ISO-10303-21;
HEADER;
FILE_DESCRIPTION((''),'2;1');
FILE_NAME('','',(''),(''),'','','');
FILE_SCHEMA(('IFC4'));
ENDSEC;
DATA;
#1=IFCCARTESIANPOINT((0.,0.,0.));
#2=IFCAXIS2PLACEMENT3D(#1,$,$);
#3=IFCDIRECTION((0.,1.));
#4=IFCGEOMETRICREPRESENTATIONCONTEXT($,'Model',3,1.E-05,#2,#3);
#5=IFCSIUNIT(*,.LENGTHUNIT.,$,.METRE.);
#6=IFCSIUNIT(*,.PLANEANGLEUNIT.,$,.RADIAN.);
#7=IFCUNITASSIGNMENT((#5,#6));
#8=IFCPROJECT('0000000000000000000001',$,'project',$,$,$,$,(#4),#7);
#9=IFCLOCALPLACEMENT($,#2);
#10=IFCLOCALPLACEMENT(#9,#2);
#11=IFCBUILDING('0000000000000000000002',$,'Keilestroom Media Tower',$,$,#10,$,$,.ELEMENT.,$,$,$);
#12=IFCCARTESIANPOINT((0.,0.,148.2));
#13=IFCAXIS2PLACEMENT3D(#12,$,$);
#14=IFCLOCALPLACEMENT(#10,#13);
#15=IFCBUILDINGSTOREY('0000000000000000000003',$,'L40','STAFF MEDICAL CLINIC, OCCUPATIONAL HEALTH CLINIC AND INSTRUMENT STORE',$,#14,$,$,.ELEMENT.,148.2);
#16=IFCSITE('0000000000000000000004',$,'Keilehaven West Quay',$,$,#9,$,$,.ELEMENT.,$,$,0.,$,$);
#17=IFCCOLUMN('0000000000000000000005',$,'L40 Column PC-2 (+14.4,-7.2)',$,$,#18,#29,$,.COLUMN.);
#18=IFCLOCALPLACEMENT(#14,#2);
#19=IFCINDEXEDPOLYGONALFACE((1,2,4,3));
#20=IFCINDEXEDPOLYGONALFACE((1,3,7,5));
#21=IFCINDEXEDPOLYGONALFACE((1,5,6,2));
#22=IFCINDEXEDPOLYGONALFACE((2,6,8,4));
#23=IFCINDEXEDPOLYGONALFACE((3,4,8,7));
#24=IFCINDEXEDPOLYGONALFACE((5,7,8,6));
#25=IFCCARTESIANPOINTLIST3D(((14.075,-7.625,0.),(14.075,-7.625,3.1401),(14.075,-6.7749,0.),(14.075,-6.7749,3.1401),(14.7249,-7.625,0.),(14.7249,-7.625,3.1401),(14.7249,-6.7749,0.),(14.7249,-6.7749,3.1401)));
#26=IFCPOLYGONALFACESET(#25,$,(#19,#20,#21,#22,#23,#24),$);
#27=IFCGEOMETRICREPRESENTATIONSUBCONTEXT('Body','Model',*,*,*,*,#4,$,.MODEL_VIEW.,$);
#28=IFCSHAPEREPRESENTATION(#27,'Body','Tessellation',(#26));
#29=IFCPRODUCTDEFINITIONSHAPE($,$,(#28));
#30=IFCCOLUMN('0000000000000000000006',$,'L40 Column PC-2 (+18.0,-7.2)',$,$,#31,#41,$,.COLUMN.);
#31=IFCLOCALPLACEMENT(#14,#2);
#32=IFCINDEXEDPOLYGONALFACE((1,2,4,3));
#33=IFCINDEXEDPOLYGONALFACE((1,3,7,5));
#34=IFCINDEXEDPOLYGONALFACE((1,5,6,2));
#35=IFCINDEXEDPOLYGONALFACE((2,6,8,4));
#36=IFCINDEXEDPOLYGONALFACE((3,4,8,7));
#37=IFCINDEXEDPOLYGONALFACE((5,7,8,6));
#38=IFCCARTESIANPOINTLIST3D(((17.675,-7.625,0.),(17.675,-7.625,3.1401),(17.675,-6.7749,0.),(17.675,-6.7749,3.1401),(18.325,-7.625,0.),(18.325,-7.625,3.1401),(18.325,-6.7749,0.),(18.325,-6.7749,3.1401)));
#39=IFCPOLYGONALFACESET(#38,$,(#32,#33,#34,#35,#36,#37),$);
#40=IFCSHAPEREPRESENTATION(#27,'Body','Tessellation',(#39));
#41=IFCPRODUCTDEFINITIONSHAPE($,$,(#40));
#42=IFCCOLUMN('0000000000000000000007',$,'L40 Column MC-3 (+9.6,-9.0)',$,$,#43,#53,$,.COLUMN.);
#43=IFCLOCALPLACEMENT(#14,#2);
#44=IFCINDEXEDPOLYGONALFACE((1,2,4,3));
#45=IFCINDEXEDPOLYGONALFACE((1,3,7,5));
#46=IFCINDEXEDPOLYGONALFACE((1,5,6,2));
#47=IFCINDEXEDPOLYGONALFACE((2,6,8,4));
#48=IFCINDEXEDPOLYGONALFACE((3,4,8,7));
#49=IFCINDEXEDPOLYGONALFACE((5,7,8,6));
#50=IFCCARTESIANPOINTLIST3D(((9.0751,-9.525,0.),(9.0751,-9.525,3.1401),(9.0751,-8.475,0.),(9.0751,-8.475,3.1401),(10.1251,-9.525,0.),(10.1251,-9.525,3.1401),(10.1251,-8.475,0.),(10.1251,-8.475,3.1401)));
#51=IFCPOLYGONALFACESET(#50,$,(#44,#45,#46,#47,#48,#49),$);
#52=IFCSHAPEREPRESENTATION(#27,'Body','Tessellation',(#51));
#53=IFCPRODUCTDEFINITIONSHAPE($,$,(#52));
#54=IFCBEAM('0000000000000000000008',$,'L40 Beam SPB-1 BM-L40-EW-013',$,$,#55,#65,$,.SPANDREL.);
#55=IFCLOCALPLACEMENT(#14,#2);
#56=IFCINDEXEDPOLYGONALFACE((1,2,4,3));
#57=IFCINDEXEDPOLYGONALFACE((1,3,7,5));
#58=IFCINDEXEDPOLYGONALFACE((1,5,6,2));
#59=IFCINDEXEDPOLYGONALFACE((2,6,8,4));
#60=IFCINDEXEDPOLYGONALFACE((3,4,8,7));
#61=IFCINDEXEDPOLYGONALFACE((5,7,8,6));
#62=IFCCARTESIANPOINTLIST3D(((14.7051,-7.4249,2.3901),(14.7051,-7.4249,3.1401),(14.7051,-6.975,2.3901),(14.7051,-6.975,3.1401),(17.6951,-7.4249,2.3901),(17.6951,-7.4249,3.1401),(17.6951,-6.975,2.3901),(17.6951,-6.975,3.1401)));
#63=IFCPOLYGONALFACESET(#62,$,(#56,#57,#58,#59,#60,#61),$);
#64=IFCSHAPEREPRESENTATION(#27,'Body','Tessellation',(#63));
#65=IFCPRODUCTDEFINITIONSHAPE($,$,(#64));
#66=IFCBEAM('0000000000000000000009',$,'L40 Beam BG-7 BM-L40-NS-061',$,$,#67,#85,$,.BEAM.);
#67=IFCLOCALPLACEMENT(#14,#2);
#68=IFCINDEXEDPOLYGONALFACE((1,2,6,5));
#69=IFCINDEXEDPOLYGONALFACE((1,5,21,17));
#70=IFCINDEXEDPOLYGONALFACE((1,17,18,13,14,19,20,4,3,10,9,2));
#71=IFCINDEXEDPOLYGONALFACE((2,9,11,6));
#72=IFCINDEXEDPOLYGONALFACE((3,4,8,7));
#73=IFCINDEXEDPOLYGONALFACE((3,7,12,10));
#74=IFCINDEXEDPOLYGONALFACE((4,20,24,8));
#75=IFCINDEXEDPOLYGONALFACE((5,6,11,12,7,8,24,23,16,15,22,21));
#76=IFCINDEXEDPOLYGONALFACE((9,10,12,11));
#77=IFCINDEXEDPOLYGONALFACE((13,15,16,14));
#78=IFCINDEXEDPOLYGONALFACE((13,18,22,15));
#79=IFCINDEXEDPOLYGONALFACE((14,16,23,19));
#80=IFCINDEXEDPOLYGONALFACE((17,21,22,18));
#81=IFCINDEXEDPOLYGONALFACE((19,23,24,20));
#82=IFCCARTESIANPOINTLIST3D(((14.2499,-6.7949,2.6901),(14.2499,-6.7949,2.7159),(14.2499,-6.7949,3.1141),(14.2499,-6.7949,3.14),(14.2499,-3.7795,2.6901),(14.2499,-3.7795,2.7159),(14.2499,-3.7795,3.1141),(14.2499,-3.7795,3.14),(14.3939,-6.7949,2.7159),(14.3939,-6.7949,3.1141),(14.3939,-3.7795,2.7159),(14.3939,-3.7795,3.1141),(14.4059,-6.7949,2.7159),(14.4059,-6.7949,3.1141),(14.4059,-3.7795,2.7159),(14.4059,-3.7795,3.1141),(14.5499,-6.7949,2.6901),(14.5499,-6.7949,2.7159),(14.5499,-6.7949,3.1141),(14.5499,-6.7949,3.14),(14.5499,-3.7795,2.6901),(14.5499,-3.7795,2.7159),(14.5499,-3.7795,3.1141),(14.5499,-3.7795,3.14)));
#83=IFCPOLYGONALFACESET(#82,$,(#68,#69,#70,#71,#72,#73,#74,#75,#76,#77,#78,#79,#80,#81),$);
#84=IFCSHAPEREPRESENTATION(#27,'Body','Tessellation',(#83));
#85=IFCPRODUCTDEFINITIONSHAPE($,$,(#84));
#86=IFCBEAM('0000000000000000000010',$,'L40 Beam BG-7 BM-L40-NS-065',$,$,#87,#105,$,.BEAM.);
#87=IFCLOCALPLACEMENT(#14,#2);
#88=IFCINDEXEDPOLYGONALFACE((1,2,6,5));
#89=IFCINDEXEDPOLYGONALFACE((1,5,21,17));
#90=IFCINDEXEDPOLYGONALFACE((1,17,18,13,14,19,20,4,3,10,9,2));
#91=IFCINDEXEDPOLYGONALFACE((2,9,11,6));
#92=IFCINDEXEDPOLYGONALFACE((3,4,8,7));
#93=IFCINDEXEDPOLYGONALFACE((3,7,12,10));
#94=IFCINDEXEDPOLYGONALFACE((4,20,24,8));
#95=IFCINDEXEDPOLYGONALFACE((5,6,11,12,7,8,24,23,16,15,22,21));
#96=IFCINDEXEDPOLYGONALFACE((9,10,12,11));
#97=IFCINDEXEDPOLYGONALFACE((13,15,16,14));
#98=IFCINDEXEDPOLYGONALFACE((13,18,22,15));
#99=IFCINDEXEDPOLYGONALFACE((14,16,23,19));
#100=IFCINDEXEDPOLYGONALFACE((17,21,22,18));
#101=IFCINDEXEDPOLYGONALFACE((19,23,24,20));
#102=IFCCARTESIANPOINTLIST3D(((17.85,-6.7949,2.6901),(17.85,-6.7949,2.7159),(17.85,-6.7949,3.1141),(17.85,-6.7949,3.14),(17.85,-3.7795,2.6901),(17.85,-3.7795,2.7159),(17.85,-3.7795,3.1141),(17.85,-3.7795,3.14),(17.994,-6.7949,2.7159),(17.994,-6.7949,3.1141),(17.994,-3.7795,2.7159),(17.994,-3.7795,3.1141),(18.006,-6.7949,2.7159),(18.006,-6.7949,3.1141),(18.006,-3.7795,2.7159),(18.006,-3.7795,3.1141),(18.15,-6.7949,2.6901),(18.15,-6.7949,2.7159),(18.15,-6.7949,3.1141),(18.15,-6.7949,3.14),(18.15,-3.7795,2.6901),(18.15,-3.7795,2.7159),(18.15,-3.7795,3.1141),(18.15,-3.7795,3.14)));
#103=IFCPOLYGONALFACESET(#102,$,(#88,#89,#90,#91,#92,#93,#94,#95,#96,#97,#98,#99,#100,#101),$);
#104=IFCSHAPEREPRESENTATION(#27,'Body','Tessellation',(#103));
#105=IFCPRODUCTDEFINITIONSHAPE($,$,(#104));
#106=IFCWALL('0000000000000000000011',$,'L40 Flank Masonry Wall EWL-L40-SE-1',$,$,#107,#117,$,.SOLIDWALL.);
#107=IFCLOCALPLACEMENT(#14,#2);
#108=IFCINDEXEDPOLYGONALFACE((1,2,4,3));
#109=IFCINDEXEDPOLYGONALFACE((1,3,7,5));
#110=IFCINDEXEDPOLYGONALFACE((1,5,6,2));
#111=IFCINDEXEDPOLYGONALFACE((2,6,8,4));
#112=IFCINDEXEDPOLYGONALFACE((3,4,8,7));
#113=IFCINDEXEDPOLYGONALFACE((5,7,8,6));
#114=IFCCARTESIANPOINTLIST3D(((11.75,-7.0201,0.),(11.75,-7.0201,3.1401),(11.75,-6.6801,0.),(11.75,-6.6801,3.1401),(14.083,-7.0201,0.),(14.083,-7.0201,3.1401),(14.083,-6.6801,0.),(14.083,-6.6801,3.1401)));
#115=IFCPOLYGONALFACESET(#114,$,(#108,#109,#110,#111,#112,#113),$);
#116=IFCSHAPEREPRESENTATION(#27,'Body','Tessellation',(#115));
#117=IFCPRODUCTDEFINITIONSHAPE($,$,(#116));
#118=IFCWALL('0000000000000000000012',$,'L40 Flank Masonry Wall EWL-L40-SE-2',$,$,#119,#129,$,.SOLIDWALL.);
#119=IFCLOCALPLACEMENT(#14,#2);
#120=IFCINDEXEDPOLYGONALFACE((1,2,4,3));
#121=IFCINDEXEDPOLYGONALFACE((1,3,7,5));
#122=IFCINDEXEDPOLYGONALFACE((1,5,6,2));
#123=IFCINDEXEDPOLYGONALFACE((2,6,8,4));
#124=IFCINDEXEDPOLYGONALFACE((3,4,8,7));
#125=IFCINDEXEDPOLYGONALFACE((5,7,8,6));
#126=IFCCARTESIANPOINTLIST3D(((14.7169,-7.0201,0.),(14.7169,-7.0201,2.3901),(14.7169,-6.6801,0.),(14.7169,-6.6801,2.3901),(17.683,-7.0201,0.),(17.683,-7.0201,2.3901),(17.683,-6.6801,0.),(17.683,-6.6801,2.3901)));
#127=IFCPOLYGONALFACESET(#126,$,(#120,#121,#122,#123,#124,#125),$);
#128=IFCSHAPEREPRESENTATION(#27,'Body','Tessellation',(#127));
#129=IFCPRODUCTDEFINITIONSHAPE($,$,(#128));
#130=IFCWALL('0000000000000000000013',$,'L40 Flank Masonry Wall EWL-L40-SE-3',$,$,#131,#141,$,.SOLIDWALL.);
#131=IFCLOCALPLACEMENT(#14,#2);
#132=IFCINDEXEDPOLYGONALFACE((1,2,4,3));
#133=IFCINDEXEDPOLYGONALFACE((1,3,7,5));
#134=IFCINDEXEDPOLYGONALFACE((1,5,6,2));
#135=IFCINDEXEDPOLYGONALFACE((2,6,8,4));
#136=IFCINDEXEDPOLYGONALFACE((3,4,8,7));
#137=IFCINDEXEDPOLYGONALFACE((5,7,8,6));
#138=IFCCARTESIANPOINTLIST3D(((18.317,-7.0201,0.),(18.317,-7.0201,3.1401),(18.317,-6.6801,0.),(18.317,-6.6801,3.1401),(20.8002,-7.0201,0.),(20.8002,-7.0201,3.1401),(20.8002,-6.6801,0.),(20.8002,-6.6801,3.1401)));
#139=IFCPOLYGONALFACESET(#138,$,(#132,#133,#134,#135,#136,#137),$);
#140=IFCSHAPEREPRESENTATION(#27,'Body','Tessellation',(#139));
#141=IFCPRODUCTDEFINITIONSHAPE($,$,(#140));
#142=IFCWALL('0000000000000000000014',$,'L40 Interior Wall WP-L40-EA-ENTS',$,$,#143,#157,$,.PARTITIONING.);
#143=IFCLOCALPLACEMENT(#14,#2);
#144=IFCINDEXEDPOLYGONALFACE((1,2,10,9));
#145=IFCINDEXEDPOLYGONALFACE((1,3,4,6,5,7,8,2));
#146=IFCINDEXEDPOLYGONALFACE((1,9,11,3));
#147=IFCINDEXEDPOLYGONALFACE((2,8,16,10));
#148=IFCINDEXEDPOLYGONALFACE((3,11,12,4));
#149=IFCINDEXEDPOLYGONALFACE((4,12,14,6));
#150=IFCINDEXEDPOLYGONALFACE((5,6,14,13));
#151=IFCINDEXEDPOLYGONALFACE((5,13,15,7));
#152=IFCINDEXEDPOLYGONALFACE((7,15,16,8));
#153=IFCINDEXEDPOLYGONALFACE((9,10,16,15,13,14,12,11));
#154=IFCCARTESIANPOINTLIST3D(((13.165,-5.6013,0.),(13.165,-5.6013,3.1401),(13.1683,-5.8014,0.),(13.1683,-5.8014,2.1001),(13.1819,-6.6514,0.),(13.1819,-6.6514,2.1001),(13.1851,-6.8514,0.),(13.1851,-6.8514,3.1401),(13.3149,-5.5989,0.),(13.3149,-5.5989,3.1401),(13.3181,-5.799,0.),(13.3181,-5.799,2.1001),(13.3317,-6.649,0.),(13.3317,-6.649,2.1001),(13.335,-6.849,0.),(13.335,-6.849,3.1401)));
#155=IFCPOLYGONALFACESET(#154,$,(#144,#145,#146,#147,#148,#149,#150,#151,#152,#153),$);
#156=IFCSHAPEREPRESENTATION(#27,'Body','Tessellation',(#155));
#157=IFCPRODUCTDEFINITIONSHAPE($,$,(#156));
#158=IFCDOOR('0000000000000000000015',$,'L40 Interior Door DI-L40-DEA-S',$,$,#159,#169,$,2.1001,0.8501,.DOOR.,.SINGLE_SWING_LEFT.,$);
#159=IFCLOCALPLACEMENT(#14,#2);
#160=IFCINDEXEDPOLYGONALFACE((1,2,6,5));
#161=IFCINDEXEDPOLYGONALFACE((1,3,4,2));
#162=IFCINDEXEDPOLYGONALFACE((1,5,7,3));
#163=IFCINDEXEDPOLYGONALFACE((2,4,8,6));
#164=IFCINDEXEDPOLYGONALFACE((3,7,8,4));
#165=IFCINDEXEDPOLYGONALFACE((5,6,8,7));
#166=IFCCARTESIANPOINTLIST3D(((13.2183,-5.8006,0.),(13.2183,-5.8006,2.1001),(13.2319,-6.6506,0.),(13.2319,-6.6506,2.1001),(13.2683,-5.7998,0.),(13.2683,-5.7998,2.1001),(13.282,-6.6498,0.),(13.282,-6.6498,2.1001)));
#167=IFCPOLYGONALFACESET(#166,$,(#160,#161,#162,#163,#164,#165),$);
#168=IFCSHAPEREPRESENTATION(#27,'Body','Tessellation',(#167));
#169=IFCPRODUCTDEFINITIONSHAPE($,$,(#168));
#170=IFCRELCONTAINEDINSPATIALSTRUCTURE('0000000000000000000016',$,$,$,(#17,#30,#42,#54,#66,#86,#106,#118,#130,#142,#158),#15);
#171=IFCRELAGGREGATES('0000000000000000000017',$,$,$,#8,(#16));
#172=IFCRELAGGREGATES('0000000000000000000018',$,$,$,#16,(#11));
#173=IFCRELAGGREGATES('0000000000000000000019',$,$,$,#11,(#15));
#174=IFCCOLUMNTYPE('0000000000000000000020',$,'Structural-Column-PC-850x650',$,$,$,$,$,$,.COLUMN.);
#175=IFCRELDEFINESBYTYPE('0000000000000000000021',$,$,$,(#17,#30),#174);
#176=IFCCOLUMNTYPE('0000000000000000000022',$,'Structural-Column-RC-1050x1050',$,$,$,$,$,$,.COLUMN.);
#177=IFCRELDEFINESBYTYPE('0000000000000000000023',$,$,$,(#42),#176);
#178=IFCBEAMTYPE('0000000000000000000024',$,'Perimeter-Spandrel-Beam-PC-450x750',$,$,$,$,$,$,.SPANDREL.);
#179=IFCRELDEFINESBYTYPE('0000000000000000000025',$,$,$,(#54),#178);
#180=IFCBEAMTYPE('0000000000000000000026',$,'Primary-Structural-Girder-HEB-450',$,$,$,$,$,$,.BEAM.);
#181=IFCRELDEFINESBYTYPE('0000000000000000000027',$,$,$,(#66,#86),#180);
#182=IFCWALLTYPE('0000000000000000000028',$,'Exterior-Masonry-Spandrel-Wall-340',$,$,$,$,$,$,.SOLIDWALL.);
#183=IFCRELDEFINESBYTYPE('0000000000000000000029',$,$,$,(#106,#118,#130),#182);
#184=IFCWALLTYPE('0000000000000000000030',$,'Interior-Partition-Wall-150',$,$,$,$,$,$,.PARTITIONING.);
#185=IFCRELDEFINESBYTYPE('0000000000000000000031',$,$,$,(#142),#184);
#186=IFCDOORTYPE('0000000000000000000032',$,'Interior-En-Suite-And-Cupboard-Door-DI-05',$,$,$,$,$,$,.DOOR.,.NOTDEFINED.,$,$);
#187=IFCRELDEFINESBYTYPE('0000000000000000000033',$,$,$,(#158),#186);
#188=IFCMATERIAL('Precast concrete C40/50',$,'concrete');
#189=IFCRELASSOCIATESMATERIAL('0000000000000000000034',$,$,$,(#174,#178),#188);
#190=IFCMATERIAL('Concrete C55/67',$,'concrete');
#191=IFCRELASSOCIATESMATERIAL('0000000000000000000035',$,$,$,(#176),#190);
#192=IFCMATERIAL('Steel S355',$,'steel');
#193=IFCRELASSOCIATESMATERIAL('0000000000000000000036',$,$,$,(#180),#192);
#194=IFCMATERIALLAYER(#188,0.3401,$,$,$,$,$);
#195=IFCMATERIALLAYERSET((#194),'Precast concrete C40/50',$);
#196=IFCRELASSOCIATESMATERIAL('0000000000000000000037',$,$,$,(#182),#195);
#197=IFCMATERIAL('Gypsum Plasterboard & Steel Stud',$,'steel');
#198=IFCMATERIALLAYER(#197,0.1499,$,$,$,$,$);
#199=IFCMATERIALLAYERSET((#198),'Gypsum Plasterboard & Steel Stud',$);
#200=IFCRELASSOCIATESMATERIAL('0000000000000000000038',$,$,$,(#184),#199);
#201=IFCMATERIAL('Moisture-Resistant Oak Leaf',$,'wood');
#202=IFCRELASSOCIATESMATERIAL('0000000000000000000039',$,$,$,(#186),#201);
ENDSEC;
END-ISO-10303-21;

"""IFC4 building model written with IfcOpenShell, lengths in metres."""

from ifc_helpers import new_model, si_unit, direction, frame, frame_2d, origin, origin_2d, place, context, subcontext, project, spatial, rectangle, i_section, extrude, source, transform, mapped, material, layer, layer_set, material_profile, profile_set, type_object, element, fill, save


model = new_model("IFC4")

# Units and contexts
model_context = context("Model", 3, precision=1e-05, world=origin(), true_north=direction((0.0, 1.0)))
body_context = subcontext(model_context, "Body", "Model", "MODEL_VIEW")
ifc_project = project(units=[si_unit("LENGTHUNIT", "METRE"), si_unit("PLANEANGLEUNIT", "RADIAN")], contexts=[model_context])

# Site, building, storey
site_placement = place(None, origin())
site = spatial("IfcSite", under=ifc_project, at=site_placement, Name="Keilehaven West Quay", CompositionType="ELEMENT", RefElevation=0.0)
building_placement = place(site_placement, origin())
building = spatial("IfcBuilding", under=site, at=building_placement, Name="Keilestroom Media Tower", CompositionType="ELEMENT")
storey_placement = place(building_placement, frame((0.0, 0.0, 148.2)))
storey = spatial("IfcBuildingStorey", under=building, at=storey_placement, Name="L40", Description="STAFF MEDICAL CLINIC, OCCUPATIONAL HEALTH CLINIC AND INSTRUMENT STORE", CompositionType="ELEMENT", Elevation=148.2)

# Columns
ifc_material_1 = material(Name="Precast concrete C40/50", Category="concrete")
ifc_material_profile_1 = material_profile(ifc_material_1, rectangle(XDim=0.6499, YDim=0.8501, at=origin_2d()), Name="PC 850x650")
ifc_profile_set_1 = profile_set([ifc_material_profile_1], Name="Precast concrete C40/50")
column_type_1 = type_object("IfcColumnType", Name="Structural-Column-PC-850x650", PredefinedType="COLUMN", material=ifc_profile_set_1)
shared_shape_1 = source(origin(), body_context, "Body", "SweptSolid", [
    extrude(rectangle(XDim=0.6499, YDim=0.8501, at=origin_2d()), origin(), (0.0, 0.0, 1.0), 3.1401),
])
for number, where, z_axis, x_axis, name in (
    (1, (14.3999, -7.2, 0.0), (0.0, 0.0, 1.0), (1.0, 0.0, 0.0), "L40 Column PC-2 (+14.4,-7.2)"),
    (2, (18.0, -7.2, 0.0), (0.0, 0.0, 1.0), (1.0, 0.0, 0.0), "L40 Column PC-2 (+18.0,-7.2)"),
):
    element("IfcColumn", number, at=place(storey_placement, frame(where, z_axis=z_axis, x_axis=x_axis)), inside=storey, type_object=column_type_1, Name=name, PredefinedType="COLUMN", context=body_context, shape_type="MappedRepresentation", body=[
        mapped(shared_shape_1, transform((0.0, 0.0, 0.0), x_axis=(1.0, 0.0, 0.0), y_axis=(0.0, 1.0, 0.0), z_axis=(0.0, 0.0, 1.0), scale=1.0)),
    ])
ifc_material_2 = material(Name="Concrete C55/67", Category="concrete")
ifc_material_profile_2 = material_profile(ifc_material_2, rectangle(XDim=1.05, YDim=1.05, at=origin_2d()), Name="RC 1050x1050")
ifc_profile_set_2 = profile_set([ifc_material_profile_2], Name="Concrete C55/67")
column_type_2 = type_object("IfcColumnType", Name="Structural-Column-RC-1050x1050", PredefinedType="COLUMN", material=ifc_profile_set_2)
shared_shape_2 = source(origin(), body_context, "Body", "SweptSolid", [
    extrude(rectangle(XDim=1.05, YDim=1.05, at=origin_2d()), origin(), (0.0, 0.0, 1.0), 3.1401),
])
column_placement = place(storey_placement, frame((9.6001, -9.0, 0.0), z_axis=(0.0, 0.0, 1.0), x_axis=(1.0, 0.0, 0.0)))
element("IfcColumn", 3, at=column_placement, inside=storey, type_object=column_type_2, Name="L40 Column MC-3 (+9.6,-9.0)", PredefinedType="COLUMN", context=body_context, shape_type="MappedRepresentation", body=[
    mapped(shared_shape_2, transform((0.0, 0.0, 0.0), x_axis=(1.0, 0.0, 0.0), y_axis=(0.0, 1.0, 0.0), z_axis=(0.0, 0.0, 1.0), scale=1.0)),
])

# Beams
ifc_material_profile_3 = material_profile(ifc_material_1, rectangle(XDim=0.45, YDim=0.75, at=origin_2d()), Name="PC 450x750")
ifc_profile_set_3 = profile_set([ifc_material_profile_3], Name="Precast concrete C40/50")
beam_type_1 = type_object("IfcBeamType", Name="Perimeter-Spandrel-Beam-PC-450x750", PredefinedType="SPANDREL", material=ifc_profile_set_3)
shared_shape_3 = source(origin(), body_context, "Body", "SweptSolid", [
    extrude(rectangle(XDim=0.45, YDim=0.75, at=origin_2d()), origin(), (0.0, 0.0, 1.0), 2.99),
])
beam_placement = place(storey_placement, frame((14.7051, -7.2, 2.7651), z_axis=(1.0, 0.0, 0.0), x_axis=(0.0, 1.0, 0.0)))
element("IfcBeam", 4, at=beam_placement, inside=storey, type_object=beam_type_1, Name="L40 Beam SPB-1 BM-L40-EW-013", PredefinedType="SPANDREL", context=body_context, shape_type="MappedRepresentation", body=[
    mapped(shared_shape_3, transform((0.0, 0.0, 0.0), x_axis=(1.0, 0.0, 0.0), y_axis=(0.0, 1.0, 0.0), z_axis=(0.0, 0.0, 1.0), scale=1.0)),
])
ifc_material_3 = material(Name="Steel S355", Category="steel")
ifc_material_profile_4 = material_profile(ifc_material_3, i_section(OverallWidth=0.3, OverallDepth=0.45, WebThickness=0.012, FlangeThickness=0.0259, at=origin_2d()), Name="HEB 450")
ifc_profile_set_4 = profile_set([ifc_material_profile_4], Name="Steel S355")
beam_type_2 = type_object("IfcBeamType", Name="Primary-Structural-Girder-HEB-450", PredefinedType="BEAM", material=ifc_profile_set_4)
shared_shape_4 = source(origin(), body_context, "Body", "SweptSolid", [
    extrude(i_section(OverallWidth=0.3, OverallDepth=0.45, WebThickness=0.012, FlangeThickness=0.0259, at=origin_2d()), origin(), (0.0, 0.0, 1.0), 3.0154),
])
for number, where, z_axis, x_axis, name in (
    (5, (14.3999, -6.7949, 2.915), (0.0, 1.0, 0.0), (-1.0, 0.0, 0.0), "L40 Beam BG-7 BM-L40-NS-061"),
    (6, (18.0, -6.7949, 2.915), (0.0, 1.0, 0.0), (-1.0, 0.0, 0.0), "L40 Beam BG-7 BM-L40-NS-065"),
):
    element("IfcBeam", number, at=place(storey_placement, frame(where, z_axis=z_axis, x_axis=x_axis)), inside=storey, type_object=beam_type_2, Name=name, PredefinedType="BEAM", context=body_context, shape_type="MappedRepresentation", body=[
        mapped(shared_shape_4, transform((0.0, 0.0, 0.0), x_axis=(1.0, 0.0, 0.0), y_axis=(0.0, 1.0, 0.0), z_axis=(0.0, 0.0, 1.0), scale=1.0)),
    ])

# Walls
ifc_layer_1 = layer(ifc_material_1, 0.3401)
ifc_layer_set_1 = layer_set([ifc_layer_1], Name="Precast concrete C40/50")
wall_type_1 = type_object("IfcWallType", Name="Exterior-Masonry-Spandrel-Wall-340", PredefinedType="SOLIDWALL", material=ifc_layer_set_1)
wall_1_placement = place(storey_placement, frame((11.75, -6.8501, 0.0), z_axis=(0.0, 0.0, 1.0), x_axis=(1.0, 0.0, 0.0)))
element("IfcWall", 7, at=wall_1_placement, inside=storey, type_object=wall_type_1, Name="L40 Flank Masonry Wall EWL-L40-SE-1", PredefinedType="SOLIDWALL", context=body_context, shape_type="SweptSolid", body=[
    extrude(rectangle(XDim=2.333, YDim=0.3401, at=frame_2d((1.1665, 0.0))), origin(), (0.0, 0.0, 1.0), 3.1401),
])
wall_2_placement = place(storey_placement, frame((14.717, -6.8501, 0.0), z_axis=(0.0, 0.0, 1.0), x_axis=(1.0, 0.0, 0.0)))
element("IfcWall", 8, at=wall_2_placement, inside=storey, type_object=wall_type_1, Name="L40 Flank Masonry Wall EWL-L40-SE-2", PredefinedType="SOLIDWALL", context=body_context, shape_type="SweptSolid", body=[
    extrude(rectangle(XDim=2.9661, YDim=0.3401, at=frame_2d((1.4829, 0.0))), origin(), (0.0, 0.0, 1.0), 2.3901),
])
wall_3_placement = place(storey_placement, frame((18.3169, -6.8501, 0.0), z_axis=(0.0, 0.0, 1.0), x_axis=(1.0, 0.0, 0.0)))
element("IfcWall", 9, at=wall_3_placement, inside=storey, type_object=wall_type_1, Name="L40 Flank Masonry Wall EWL-L40-SE-3", PredefinedType="SOLIDWALL", context=body_context, shape_type="SweptSolid", body=[
    extrude(rectangle(XDim=2.4832, YDim=0.3401, at=frame_2d((1.2417, 0.0))), origin(), (0.0, 0.0, 1.0), 3.1401),
])

# Wall, opening, door
ifc_material_4 = material(Name="Gypsum Plasterboard & Steel Stud", Category="steel")
ifc_layer_2 = layer(ifc_material_4, 0.1499)
ifc_layer_set_2 = layer_set([ifc_layer_2], Name="Gypsum Plasterboard & Steel Stud")
wall_type_2 = type_object("IfcWallType", Name="Interior-Partition-Wall-150", PredefinedType="PARTITIONING", material=ifc_layer_set_2)
wall_4_placement = place(storey_placement, frame((13.26, -6.8501, 0.0), z_axis=(0.0, 0.0, 1.0), x_axis=(-0.016014, 0.999872, 0.0)))
wall_4 = element("IfcWall", 10, at=wall_4_placement, inside=storey, type_object=wall_type_2, Name="L40 Interior Wall WP-L40-EA-ENTS", PredefinedType="PARTITIONING", context=body_context, shape_type="SweptSolid", body=[
    extrude(rectangle(XDim=1.2502, YDim=0.1499, at=frame_2d((0.625, 0.0))), origin(), (0.0, 0.0, 1.0), 3.1401),
])
opening_placement = place(wall_4_placement, frame((0.2, 0.0, 0.0)))
opening = element("IfcOpeningElement", 11, at=opening_placement, cuts=wall_4, PredefinedType="OPENING", context=body_context, shape_type="SweptSolid", body=[
    extrude(rectangle(XDim=0.8501, YDim=2.1001, at=frame_2d((0.425, 1.05))), frame((0.0, 0.085, 0.0), z_axis=(0.0, -1.0, 0.0), x_axis=(1.0, 0.0, 0.0)), (0.0, 0.0, 1.0), 0.1699),
])
ifc_material_5 = material(Name="Moisture-Resistant Oak Leaf", Category="wood")
door_type = type_object("IfcDoorType", Name="Interior-En-Suite-And-Cupboard-Door-DI-05", OperationType="NOTDEFINED", PredefinedType="DOOR", material=ifc_material_5)
shared_shape_5 = source(origin(), body_context, "Body", "SweptSolid", [
    extrude(rectangle(XDim=0.8501, YDim=2.1001, at=frame_2d((0.425, 1.05))), frame((0.0, 0.0249, 0.0), z_axis=(0.0, -1.0, 0.0), x_axis=(1.0, 0.0, 0.0)), (0.0, 0.0, 1.0), 0.05),
])
door_placement = place(opening_placement, origin())
door = element("IfcDoor", 12, at=door_placement, inside=storey, type_object=door_type, Name="L40 Interior Door DI-L40-DEA-S", OperationType="SINGLE_SWING_LEFT", OverallHeight=2.1001, OverallWidth=0.8501, PredefinedType="DOOR", context=body_context, shape_type="MappedRepresentation", body=[
    mapped(shared_shape_5, transform((0.0, 0.0, 0.0), x_axis=(1.0, 0.0, 0.0), y_axis=(0.0, 1.0, 0.0), z_axis=(0.0, 0.0, 1.0), scale=1.0)),
])
fill(opening, door)

save(model, "model.ifc")
